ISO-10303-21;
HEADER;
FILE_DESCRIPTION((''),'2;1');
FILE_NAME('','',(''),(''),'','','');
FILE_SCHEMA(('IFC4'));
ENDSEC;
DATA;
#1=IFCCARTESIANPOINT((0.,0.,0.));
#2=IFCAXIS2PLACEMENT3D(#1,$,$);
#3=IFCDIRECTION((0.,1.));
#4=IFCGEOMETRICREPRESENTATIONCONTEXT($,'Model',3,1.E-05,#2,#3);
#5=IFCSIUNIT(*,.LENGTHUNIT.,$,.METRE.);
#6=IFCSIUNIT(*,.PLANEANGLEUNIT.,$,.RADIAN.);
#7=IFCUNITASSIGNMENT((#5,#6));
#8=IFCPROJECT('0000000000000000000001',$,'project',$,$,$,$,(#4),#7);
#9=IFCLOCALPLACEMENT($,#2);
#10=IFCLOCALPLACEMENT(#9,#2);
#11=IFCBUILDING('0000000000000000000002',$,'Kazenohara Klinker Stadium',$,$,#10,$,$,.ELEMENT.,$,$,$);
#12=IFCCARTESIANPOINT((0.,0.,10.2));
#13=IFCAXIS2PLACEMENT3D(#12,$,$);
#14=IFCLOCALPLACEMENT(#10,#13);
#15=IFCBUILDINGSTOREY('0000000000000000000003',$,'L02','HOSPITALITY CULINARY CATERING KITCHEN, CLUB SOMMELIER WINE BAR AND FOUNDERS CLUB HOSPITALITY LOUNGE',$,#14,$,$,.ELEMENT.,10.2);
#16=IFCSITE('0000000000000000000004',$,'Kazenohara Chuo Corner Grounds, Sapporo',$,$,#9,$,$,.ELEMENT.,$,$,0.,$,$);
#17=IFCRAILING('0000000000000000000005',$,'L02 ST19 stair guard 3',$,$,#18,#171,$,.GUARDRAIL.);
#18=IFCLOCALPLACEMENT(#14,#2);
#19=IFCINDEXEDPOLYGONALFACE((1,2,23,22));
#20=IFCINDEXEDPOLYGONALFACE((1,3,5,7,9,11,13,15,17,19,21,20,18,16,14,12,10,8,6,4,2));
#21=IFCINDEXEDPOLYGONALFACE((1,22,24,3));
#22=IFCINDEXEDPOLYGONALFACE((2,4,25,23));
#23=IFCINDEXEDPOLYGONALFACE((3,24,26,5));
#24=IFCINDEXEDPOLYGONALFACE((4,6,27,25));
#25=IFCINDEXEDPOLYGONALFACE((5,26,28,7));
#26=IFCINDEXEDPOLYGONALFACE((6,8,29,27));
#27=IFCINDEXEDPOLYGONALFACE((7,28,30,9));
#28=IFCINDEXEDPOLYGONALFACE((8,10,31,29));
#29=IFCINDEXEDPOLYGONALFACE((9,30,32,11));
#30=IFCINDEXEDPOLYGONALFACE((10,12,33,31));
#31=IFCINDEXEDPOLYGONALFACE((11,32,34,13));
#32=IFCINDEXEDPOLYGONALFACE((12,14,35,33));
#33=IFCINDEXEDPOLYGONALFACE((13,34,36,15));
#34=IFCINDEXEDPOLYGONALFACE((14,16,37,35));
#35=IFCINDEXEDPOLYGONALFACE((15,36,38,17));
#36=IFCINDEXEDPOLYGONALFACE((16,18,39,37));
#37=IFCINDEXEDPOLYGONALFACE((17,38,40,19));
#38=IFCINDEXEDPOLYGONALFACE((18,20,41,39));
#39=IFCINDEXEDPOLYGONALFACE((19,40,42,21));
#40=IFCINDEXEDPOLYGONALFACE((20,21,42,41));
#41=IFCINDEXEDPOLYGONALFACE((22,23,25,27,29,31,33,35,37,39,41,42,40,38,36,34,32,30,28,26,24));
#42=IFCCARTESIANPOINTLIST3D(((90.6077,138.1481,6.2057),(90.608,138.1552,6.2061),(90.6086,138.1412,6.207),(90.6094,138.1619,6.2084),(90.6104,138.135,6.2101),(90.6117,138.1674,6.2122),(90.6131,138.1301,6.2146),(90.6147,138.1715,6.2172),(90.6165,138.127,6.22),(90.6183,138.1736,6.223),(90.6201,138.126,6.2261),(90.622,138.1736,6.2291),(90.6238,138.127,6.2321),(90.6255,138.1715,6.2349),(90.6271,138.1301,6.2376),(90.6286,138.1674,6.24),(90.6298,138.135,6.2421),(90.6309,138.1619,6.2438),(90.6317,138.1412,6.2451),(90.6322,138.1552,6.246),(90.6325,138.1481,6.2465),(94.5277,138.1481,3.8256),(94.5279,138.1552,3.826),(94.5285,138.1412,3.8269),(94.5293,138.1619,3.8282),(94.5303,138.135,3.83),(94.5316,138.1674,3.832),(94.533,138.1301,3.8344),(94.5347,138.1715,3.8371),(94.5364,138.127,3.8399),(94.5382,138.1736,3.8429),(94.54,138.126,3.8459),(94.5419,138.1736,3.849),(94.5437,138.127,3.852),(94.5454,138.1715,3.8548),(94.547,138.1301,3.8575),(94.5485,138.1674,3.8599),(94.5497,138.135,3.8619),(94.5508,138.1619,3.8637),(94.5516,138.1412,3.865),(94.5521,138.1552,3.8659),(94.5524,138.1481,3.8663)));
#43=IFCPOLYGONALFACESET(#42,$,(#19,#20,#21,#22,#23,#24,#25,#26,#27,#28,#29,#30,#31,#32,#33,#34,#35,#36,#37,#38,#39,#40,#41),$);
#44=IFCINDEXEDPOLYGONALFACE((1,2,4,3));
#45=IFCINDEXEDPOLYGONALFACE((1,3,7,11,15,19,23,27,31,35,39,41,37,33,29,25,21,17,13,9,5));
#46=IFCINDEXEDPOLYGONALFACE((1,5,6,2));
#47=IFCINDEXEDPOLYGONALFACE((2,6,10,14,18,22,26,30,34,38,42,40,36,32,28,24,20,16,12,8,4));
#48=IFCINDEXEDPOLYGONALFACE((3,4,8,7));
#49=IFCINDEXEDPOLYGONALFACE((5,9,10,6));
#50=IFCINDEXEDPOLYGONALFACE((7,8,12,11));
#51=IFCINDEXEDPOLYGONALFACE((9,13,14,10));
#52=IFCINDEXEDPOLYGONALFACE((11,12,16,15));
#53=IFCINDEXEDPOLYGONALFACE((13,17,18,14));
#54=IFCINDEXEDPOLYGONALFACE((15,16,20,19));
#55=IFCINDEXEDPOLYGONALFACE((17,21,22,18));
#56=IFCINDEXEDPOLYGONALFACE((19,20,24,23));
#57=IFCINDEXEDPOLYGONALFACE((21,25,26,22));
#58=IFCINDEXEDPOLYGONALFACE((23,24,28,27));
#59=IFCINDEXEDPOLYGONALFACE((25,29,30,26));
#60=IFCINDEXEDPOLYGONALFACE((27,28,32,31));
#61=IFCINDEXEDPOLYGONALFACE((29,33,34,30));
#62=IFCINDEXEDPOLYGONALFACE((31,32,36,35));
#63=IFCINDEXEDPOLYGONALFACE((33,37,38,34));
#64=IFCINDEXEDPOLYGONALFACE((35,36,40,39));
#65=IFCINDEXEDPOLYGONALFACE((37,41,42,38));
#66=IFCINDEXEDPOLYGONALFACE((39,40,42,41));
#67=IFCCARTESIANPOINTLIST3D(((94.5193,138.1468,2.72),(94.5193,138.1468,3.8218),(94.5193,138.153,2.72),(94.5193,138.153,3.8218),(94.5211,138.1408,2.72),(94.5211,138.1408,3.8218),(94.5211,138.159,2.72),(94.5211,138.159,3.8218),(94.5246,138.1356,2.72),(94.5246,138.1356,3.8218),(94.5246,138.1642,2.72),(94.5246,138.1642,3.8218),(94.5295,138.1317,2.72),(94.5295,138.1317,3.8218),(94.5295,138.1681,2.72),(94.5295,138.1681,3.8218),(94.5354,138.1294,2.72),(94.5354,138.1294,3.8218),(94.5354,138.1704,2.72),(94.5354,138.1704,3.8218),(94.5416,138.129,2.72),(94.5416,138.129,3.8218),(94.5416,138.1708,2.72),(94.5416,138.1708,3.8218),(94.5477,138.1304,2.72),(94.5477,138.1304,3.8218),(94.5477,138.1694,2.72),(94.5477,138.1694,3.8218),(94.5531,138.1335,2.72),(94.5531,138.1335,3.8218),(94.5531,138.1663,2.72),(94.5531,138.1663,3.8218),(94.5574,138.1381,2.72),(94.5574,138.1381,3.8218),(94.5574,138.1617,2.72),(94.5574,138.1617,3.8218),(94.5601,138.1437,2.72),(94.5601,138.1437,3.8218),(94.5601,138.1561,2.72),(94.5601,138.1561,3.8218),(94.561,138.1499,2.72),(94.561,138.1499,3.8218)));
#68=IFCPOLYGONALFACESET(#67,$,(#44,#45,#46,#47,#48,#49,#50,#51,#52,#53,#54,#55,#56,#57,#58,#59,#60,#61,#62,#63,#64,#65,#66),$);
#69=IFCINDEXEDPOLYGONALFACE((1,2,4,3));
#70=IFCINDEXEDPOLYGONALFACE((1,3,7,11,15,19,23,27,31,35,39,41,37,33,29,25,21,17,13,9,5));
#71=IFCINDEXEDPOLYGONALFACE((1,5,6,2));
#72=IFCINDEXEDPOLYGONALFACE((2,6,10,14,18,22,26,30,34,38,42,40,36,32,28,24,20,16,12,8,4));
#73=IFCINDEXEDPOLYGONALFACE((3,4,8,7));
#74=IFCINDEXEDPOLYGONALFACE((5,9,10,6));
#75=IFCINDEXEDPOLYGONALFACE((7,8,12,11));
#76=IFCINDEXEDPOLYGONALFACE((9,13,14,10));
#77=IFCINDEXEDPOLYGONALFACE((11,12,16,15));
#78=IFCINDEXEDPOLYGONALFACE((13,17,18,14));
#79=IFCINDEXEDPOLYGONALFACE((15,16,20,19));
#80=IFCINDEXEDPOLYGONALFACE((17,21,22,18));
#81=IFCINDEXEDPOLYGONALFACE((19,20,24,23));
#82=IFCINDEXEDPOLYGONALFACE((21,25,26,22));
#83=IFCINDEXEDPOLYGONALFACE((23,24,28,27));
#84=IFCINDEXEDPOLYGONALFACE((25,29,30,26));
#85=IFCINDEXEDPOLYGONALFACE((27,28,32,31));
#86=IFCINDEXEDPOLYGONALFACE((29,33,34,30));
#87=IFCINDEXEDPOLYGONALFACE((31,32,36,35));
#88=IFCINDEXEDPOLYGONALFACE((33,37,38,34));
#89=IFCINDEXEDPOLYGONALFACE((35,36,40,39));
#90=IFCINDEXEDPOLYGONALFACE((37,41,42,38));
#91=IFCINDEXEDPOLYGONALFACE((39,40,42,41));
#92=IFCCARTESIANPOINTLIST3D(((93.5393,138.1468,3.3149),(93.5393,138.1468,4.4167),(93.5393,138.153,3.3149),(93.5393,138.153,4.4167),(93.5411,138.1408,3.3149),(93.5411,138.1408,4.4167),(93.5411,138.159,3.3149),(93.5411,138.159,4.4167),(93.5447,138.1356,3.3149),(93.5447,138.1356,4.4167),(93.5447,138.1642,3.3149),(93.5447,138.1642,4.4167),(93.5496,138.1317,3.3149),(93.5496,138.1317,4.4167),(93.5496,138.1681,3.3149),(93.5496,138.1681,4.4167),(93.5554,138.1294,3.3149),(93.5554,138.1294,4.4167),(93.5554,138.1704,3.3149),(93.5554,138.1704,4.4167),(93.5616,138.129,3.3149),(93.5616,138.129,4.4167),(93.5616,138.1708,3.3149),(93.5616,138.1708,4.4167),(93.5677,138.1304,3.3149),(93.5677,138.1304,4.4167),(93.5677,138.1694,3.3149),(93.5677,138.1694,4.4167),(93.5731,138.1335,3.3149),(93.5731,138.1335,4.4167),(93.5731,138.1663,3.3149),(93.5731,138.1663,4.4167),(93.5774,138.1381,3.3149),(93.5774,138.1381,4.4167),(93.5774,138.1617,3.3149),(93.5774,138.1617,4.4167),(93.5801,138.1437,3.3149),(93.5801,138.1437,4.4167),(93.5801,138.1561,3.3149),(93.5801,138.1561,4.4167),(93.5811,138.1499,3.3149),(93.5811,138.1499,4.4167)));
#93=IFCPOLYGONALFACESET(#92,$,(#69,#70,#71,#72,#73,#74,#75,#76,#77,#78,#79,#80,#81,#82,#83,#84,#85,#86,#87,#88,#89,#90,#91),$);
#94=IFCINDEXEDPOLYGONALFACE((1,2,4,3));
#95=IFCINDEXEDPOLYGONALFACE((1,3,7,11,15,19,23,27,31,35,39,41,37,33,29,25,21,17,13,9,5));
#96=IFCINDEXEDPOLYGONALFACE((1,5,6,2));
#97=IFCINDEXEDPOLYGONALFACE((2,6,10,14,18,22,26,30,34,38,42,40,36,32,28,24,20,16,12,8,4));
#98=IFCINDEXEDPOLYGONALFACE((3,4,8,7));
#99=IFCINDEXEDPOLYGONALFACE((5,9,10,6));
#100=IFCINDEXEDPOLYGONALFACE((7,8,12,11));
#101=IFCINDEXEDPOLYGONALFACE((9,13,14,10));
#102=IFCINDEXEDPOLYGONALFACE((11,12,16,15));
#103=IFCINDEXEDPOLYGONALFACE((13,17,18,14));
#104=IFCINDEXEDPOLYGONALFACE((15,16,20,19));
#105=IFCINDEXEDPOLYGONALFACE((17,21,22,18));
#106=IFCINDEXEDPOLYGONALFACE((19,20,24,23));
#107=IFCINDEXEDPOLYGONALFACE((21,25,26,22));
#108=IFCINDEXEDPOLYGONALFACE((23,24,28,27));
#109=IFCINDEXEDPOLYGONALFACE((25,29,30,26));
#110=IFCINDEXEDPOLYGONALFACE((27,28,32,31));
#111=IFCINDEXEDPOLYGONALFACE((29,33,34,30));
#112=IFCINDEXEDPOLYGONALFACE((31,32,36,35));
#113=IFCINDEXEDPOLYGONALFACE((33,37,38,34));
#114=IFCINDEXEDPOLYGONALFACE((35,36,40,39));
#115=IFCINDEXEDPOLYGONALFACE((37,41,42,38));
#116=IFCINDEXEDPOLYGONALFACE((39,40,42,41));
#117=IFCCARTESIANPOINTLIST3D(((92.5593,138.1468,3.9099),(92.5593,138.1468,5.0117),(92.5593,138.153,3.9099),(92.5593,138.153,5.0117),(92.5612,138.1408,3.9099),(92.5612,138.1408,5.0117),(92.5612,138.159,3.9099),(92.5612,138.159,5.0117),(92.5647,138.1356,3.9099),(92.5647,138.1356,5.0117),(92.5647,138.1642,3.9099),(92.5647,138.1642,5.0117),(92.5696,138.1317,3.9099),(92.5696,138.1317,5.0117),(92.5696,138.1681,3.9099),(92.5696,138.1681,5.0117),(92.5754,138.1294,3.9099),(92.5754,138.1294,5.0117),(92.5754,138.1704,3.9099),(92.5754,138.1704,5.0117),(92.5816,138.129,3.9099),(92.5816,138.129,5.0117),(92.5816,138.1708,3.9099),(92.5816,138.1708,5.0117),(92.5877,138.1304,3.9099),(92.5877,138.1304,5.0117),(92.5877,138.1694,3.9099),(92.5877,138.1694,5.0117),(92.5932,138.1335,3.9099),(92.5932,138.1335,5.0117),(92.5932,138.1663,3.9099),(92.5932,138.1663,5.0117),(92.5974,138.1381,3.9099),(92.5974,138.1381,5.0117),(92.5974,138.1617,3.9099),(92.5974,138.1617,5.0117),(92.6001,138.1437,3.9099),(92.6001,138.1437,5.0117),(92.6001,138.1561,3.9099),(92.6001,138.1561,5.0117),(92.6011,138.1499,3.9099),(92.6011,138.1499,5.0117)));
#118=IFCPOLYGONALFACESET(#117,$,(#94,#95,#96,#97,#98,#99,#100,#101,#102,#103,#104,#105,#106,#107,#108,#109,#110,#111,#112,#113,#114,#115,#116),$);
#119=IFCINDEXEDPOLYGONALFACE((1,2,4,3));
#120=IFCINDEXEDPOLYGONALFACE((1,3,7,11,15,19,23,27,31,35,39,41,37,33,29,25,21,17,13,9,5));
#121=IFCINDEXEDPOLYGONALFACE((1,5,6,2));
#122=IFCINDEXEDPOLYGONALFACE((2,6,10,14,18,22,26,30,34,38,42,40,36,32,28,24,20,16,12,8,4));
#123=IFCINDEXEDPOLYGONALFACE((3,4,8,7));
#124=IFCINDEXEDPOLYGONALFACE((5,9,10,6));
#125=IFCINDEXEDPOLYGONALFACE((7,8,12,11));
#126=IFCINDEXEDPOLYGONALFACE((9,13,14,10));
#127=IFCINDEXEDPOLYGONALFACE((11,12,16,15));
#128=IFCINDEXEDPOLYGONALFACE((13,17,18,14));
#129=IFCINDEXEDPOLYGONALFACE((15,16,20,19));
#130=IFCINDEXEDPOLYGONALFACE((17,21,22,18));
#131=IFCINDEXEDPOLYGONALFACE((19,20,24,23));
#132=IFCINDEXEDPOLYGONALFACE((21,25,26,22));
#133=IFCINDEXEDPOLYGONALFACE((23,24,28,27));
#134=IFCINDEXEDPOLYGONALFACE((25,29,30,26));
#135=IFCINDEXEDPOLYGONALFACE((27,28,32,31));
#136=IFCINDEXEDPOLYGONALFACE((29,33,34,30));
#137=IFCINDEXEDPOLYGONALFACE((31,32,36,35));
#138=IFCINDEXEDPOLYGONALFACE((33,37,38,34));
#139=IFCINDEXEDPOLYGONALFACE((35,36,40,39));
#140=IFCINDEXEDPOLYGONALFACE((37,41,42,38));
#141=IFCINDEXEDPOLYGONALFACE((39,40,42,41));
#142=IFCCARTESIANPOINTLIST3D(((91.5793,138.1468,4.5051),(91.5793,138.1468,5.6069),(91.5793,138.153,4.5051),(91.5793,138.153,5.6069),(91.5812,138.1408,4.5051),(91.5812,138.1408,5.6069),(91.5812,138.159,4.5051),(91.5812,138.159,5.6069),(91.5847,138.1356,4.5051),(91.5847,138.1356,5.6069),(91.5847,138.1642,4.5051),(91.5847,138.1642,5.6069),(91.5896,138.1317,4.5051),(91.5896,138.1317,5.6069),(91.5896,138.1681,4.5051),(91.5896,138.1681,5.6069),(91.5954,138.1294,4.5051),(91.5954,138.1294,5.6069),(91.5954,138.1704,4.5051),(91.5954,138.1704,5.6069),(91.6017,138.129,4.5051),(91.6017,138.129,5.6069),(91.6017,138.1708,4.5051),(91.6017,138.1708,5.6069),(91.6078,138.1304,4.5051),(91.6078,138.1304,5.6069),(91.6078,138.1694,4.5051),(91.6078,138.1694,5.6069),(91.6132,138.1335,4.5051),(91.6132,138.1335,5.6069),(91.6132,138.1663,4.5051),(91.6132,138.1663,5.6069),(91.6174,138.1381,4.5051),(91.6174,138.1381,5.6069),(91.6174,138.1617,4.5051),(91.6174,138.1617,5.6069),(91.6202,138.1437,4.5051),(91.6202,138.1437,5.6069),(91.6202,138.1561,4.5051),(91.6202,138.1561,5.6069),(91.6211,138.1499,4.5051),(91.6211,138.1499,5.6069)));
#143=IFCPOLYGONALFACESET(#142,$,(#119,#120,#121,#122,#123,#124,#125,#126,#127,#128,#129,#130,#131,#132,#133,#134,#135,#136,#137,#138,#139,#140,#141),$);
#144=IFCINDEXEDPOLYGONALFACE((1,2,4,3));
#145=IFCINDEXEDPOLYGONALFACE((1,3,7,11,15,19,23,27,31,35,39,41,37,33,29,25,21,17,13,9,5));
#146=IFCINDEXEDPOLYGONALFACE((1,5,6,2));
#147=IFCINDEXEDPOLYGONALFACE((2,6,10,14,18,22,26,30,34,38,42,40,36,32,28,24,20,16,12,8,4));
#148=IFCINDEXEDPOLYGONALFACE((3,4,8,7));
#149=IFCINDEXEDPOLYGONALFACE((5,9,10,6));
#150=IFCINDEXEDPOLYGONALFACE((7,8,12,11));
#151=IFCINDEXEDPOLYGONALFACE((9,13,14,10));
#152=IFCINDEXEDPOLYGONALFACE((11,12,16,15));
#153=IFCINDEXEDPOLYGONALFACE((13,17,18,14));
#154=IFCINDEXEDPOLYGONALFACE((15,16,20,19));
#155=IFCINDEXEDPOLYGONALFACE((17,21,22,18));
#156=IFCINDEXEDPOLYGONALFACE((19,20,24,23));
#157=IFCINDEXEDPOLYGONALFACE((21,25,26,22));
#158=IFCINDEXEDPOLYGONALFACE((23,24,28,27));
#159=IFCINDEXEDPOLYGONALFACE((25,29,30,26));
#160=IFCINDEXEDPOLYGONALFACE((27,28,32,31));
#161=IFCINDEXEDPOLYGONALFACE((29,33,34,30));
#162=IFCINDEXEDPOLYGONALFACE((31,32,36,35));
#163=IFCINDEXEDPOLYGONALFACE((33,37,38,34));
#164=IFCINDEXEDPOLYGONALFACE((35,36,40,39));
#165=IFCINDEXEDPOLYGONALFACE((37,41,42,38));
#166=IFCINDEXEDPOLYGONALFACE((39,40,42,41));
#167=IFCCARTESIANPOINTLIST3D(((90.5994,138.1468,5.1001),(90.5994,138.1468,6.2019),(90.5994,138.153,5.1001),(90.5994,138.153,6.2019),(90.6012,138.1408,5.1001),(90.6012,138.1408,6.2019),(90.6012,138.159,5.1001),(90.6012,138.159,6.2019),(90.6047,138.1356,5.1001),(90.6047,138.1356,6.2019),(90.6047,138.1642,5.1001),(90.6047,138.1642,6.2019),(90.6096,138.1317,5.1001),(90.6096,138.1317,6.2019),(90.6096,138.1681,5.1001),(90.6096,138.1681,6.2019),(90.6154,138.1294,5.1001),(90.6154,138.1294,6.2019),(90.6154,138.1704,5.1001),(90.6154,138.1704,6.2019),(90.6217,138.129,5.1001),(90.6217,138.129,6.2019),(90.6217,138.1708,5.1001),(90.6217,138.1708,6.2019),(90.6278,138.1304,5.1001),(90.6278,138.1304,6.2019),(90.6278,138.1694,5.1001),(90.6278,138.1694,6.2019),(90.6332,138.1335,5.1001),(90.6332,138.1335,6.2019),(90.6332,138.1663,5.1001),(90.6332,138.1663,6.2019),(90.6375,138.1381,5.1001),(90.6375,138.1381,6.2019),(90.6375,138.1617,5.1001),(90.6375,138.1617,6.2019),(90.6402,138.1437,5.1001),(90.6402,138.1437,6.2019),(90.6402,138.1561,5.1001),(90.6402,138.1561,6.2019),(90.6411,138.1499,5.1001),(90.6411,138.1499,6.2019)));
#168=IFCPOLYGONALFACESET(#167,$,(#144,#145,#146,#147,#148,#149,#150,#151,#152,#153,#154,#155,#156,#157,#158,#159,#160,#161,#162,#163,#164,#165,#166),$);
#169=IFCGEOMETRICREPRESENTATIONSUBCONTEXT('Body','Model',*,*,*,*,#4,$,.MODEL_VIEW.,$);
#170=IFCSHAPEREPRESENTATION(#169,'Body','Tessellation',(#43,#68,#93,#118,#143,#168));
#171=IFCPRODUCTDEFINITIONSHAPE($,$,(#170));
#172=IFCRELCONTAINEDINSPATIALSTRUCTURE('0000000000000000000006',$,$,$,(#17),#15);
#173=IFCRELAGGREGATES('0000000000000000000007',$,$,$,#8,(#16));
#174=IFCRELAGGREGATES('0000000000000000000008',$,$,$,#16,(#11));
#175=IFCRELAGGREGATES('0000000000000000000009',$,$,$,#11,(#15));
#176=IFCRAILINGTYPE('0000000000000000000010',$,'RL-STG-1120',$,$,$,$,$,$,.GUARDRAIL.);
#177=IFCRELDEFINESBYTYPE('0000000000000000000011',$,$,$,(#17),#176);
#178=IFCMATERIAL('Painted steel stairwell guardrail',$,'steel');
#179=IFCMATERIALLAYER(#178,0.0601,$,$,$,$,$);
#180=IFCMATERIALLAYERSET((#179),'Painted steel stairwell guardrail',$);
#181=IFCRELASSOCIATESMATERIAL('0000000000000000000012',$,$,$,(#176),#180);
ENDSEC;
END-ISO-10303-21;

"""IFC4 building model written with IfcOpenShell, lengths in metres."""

from ifc_helpers import new_model, si_unit, direction, frame, origin, origin_2d, place, context, subcontext, project, spatial, circle, extrude, material, layer, layer_set, type_object, element, save


model = new_model("IFC4")

# Units and contexts
model_context = context("Model", 3, precision=1e-05, world=origin(), true_north=direction((0.0, 1.0)))
body_context = subcontext(model_context, "Body", "Model", "MODEL_VIEW")
ifc_project = project(units=[si_unit("LENGTHUNIT", "METRE"), si_unit("PLANEANGLEUNIT", "RADIAN")], contexts=[model_context])

# Site, building, storey
site_placement = place(None, origin())
site = spatial("IfcSite", under=ifc_project, at=site_placement, Name="Kazenohara Chuo Corner Grounds, Sapporo", CompositionType="ELEMENT", RefElevation=0.0)
building_placement = place(site_placement, origin())
building = spatial("IfcBuilding", under=site, at=building_placement, Name="Kazenohara Klinker Stadium", CompositionType="ELEMENT")
storey_placement = place(building_placement, frame((0.0, 0.0, 10.2)))
storey = spatial("IfcBuildingStorey", under=building, at=storey_placement, Name="L02", Description="HOSPITALITY CULINARY CATERING KITCHEN, CLUB SOMMELIER WINE BAR AND FOUNDERS CLUB HOSPITALITY LOUNGE", CompositionType="ELEMENT", Elevation=10.2)

# Railing
ifc_material_1 = material(Name="Painted steel stairwell guardrail", Category="steel")
ifc_layer_1 = layer(ifc_material_1, 0.0601)
ifc_layer_set_1 = layer_set([ifc_layer_1], Name="Painted steel stairwell guardrail")
railing_type_1 = type_object("IfcRailingType", Name="RL-STG-1120", PredefinedType="GUARDRAIL", material=ifc_layer_set_1)
railing_1_placement = place(storey_placement, frame((94.54, 138.1499, 2.72)))
element("IfcRailing", 1, at=railing_1_placement, inside=storey, type_object=railing_type_1, Name="L02 ST19 stair guard 3", PredefinedType="GUARDRAIL", context=body_context, shape_type="SweptSolid", body=[
    extrude(circle(Radius=0.0239, at=origin_2d()), frame((0.0, 0.0, 1.126), z_axis=(-0.854771, 0.0, 0.519006), x_axis=(0.0, -1.0, 0.0)), (0.0, 0.0, 1.0), 4.5859),
    extrude(circle(Radius=0.021, at=origin_2d()), origin(), (0.0, 0.0, 1.0), 1.1018),
    extrude(circle(Radius=0.021, at=origin_2d()), frame((-0.98, 0.0, 0.595)), (0.0, 0.0, 1.0), 1.1018),
    extrude(circle(Radius=0.021, at=origin_2d()), frame((-1.96, 0.0, 1.1899)), (0.0, 0.0, 1.0), 1.1018),
    extrude(circle(Radius=0.021, at=origin_2d()), frame((-2.9399, 0.0, 1.7852)), (0.0, 0.0, 1.0), 1.1018),
    extrude(circle(Radius=0.021, at=origin_2d()), frame((-3.9199, 0.0, 2.3801)), (0.0, 0.0, 1.0), 1.1018),
])

save(model, "model.ifc")
